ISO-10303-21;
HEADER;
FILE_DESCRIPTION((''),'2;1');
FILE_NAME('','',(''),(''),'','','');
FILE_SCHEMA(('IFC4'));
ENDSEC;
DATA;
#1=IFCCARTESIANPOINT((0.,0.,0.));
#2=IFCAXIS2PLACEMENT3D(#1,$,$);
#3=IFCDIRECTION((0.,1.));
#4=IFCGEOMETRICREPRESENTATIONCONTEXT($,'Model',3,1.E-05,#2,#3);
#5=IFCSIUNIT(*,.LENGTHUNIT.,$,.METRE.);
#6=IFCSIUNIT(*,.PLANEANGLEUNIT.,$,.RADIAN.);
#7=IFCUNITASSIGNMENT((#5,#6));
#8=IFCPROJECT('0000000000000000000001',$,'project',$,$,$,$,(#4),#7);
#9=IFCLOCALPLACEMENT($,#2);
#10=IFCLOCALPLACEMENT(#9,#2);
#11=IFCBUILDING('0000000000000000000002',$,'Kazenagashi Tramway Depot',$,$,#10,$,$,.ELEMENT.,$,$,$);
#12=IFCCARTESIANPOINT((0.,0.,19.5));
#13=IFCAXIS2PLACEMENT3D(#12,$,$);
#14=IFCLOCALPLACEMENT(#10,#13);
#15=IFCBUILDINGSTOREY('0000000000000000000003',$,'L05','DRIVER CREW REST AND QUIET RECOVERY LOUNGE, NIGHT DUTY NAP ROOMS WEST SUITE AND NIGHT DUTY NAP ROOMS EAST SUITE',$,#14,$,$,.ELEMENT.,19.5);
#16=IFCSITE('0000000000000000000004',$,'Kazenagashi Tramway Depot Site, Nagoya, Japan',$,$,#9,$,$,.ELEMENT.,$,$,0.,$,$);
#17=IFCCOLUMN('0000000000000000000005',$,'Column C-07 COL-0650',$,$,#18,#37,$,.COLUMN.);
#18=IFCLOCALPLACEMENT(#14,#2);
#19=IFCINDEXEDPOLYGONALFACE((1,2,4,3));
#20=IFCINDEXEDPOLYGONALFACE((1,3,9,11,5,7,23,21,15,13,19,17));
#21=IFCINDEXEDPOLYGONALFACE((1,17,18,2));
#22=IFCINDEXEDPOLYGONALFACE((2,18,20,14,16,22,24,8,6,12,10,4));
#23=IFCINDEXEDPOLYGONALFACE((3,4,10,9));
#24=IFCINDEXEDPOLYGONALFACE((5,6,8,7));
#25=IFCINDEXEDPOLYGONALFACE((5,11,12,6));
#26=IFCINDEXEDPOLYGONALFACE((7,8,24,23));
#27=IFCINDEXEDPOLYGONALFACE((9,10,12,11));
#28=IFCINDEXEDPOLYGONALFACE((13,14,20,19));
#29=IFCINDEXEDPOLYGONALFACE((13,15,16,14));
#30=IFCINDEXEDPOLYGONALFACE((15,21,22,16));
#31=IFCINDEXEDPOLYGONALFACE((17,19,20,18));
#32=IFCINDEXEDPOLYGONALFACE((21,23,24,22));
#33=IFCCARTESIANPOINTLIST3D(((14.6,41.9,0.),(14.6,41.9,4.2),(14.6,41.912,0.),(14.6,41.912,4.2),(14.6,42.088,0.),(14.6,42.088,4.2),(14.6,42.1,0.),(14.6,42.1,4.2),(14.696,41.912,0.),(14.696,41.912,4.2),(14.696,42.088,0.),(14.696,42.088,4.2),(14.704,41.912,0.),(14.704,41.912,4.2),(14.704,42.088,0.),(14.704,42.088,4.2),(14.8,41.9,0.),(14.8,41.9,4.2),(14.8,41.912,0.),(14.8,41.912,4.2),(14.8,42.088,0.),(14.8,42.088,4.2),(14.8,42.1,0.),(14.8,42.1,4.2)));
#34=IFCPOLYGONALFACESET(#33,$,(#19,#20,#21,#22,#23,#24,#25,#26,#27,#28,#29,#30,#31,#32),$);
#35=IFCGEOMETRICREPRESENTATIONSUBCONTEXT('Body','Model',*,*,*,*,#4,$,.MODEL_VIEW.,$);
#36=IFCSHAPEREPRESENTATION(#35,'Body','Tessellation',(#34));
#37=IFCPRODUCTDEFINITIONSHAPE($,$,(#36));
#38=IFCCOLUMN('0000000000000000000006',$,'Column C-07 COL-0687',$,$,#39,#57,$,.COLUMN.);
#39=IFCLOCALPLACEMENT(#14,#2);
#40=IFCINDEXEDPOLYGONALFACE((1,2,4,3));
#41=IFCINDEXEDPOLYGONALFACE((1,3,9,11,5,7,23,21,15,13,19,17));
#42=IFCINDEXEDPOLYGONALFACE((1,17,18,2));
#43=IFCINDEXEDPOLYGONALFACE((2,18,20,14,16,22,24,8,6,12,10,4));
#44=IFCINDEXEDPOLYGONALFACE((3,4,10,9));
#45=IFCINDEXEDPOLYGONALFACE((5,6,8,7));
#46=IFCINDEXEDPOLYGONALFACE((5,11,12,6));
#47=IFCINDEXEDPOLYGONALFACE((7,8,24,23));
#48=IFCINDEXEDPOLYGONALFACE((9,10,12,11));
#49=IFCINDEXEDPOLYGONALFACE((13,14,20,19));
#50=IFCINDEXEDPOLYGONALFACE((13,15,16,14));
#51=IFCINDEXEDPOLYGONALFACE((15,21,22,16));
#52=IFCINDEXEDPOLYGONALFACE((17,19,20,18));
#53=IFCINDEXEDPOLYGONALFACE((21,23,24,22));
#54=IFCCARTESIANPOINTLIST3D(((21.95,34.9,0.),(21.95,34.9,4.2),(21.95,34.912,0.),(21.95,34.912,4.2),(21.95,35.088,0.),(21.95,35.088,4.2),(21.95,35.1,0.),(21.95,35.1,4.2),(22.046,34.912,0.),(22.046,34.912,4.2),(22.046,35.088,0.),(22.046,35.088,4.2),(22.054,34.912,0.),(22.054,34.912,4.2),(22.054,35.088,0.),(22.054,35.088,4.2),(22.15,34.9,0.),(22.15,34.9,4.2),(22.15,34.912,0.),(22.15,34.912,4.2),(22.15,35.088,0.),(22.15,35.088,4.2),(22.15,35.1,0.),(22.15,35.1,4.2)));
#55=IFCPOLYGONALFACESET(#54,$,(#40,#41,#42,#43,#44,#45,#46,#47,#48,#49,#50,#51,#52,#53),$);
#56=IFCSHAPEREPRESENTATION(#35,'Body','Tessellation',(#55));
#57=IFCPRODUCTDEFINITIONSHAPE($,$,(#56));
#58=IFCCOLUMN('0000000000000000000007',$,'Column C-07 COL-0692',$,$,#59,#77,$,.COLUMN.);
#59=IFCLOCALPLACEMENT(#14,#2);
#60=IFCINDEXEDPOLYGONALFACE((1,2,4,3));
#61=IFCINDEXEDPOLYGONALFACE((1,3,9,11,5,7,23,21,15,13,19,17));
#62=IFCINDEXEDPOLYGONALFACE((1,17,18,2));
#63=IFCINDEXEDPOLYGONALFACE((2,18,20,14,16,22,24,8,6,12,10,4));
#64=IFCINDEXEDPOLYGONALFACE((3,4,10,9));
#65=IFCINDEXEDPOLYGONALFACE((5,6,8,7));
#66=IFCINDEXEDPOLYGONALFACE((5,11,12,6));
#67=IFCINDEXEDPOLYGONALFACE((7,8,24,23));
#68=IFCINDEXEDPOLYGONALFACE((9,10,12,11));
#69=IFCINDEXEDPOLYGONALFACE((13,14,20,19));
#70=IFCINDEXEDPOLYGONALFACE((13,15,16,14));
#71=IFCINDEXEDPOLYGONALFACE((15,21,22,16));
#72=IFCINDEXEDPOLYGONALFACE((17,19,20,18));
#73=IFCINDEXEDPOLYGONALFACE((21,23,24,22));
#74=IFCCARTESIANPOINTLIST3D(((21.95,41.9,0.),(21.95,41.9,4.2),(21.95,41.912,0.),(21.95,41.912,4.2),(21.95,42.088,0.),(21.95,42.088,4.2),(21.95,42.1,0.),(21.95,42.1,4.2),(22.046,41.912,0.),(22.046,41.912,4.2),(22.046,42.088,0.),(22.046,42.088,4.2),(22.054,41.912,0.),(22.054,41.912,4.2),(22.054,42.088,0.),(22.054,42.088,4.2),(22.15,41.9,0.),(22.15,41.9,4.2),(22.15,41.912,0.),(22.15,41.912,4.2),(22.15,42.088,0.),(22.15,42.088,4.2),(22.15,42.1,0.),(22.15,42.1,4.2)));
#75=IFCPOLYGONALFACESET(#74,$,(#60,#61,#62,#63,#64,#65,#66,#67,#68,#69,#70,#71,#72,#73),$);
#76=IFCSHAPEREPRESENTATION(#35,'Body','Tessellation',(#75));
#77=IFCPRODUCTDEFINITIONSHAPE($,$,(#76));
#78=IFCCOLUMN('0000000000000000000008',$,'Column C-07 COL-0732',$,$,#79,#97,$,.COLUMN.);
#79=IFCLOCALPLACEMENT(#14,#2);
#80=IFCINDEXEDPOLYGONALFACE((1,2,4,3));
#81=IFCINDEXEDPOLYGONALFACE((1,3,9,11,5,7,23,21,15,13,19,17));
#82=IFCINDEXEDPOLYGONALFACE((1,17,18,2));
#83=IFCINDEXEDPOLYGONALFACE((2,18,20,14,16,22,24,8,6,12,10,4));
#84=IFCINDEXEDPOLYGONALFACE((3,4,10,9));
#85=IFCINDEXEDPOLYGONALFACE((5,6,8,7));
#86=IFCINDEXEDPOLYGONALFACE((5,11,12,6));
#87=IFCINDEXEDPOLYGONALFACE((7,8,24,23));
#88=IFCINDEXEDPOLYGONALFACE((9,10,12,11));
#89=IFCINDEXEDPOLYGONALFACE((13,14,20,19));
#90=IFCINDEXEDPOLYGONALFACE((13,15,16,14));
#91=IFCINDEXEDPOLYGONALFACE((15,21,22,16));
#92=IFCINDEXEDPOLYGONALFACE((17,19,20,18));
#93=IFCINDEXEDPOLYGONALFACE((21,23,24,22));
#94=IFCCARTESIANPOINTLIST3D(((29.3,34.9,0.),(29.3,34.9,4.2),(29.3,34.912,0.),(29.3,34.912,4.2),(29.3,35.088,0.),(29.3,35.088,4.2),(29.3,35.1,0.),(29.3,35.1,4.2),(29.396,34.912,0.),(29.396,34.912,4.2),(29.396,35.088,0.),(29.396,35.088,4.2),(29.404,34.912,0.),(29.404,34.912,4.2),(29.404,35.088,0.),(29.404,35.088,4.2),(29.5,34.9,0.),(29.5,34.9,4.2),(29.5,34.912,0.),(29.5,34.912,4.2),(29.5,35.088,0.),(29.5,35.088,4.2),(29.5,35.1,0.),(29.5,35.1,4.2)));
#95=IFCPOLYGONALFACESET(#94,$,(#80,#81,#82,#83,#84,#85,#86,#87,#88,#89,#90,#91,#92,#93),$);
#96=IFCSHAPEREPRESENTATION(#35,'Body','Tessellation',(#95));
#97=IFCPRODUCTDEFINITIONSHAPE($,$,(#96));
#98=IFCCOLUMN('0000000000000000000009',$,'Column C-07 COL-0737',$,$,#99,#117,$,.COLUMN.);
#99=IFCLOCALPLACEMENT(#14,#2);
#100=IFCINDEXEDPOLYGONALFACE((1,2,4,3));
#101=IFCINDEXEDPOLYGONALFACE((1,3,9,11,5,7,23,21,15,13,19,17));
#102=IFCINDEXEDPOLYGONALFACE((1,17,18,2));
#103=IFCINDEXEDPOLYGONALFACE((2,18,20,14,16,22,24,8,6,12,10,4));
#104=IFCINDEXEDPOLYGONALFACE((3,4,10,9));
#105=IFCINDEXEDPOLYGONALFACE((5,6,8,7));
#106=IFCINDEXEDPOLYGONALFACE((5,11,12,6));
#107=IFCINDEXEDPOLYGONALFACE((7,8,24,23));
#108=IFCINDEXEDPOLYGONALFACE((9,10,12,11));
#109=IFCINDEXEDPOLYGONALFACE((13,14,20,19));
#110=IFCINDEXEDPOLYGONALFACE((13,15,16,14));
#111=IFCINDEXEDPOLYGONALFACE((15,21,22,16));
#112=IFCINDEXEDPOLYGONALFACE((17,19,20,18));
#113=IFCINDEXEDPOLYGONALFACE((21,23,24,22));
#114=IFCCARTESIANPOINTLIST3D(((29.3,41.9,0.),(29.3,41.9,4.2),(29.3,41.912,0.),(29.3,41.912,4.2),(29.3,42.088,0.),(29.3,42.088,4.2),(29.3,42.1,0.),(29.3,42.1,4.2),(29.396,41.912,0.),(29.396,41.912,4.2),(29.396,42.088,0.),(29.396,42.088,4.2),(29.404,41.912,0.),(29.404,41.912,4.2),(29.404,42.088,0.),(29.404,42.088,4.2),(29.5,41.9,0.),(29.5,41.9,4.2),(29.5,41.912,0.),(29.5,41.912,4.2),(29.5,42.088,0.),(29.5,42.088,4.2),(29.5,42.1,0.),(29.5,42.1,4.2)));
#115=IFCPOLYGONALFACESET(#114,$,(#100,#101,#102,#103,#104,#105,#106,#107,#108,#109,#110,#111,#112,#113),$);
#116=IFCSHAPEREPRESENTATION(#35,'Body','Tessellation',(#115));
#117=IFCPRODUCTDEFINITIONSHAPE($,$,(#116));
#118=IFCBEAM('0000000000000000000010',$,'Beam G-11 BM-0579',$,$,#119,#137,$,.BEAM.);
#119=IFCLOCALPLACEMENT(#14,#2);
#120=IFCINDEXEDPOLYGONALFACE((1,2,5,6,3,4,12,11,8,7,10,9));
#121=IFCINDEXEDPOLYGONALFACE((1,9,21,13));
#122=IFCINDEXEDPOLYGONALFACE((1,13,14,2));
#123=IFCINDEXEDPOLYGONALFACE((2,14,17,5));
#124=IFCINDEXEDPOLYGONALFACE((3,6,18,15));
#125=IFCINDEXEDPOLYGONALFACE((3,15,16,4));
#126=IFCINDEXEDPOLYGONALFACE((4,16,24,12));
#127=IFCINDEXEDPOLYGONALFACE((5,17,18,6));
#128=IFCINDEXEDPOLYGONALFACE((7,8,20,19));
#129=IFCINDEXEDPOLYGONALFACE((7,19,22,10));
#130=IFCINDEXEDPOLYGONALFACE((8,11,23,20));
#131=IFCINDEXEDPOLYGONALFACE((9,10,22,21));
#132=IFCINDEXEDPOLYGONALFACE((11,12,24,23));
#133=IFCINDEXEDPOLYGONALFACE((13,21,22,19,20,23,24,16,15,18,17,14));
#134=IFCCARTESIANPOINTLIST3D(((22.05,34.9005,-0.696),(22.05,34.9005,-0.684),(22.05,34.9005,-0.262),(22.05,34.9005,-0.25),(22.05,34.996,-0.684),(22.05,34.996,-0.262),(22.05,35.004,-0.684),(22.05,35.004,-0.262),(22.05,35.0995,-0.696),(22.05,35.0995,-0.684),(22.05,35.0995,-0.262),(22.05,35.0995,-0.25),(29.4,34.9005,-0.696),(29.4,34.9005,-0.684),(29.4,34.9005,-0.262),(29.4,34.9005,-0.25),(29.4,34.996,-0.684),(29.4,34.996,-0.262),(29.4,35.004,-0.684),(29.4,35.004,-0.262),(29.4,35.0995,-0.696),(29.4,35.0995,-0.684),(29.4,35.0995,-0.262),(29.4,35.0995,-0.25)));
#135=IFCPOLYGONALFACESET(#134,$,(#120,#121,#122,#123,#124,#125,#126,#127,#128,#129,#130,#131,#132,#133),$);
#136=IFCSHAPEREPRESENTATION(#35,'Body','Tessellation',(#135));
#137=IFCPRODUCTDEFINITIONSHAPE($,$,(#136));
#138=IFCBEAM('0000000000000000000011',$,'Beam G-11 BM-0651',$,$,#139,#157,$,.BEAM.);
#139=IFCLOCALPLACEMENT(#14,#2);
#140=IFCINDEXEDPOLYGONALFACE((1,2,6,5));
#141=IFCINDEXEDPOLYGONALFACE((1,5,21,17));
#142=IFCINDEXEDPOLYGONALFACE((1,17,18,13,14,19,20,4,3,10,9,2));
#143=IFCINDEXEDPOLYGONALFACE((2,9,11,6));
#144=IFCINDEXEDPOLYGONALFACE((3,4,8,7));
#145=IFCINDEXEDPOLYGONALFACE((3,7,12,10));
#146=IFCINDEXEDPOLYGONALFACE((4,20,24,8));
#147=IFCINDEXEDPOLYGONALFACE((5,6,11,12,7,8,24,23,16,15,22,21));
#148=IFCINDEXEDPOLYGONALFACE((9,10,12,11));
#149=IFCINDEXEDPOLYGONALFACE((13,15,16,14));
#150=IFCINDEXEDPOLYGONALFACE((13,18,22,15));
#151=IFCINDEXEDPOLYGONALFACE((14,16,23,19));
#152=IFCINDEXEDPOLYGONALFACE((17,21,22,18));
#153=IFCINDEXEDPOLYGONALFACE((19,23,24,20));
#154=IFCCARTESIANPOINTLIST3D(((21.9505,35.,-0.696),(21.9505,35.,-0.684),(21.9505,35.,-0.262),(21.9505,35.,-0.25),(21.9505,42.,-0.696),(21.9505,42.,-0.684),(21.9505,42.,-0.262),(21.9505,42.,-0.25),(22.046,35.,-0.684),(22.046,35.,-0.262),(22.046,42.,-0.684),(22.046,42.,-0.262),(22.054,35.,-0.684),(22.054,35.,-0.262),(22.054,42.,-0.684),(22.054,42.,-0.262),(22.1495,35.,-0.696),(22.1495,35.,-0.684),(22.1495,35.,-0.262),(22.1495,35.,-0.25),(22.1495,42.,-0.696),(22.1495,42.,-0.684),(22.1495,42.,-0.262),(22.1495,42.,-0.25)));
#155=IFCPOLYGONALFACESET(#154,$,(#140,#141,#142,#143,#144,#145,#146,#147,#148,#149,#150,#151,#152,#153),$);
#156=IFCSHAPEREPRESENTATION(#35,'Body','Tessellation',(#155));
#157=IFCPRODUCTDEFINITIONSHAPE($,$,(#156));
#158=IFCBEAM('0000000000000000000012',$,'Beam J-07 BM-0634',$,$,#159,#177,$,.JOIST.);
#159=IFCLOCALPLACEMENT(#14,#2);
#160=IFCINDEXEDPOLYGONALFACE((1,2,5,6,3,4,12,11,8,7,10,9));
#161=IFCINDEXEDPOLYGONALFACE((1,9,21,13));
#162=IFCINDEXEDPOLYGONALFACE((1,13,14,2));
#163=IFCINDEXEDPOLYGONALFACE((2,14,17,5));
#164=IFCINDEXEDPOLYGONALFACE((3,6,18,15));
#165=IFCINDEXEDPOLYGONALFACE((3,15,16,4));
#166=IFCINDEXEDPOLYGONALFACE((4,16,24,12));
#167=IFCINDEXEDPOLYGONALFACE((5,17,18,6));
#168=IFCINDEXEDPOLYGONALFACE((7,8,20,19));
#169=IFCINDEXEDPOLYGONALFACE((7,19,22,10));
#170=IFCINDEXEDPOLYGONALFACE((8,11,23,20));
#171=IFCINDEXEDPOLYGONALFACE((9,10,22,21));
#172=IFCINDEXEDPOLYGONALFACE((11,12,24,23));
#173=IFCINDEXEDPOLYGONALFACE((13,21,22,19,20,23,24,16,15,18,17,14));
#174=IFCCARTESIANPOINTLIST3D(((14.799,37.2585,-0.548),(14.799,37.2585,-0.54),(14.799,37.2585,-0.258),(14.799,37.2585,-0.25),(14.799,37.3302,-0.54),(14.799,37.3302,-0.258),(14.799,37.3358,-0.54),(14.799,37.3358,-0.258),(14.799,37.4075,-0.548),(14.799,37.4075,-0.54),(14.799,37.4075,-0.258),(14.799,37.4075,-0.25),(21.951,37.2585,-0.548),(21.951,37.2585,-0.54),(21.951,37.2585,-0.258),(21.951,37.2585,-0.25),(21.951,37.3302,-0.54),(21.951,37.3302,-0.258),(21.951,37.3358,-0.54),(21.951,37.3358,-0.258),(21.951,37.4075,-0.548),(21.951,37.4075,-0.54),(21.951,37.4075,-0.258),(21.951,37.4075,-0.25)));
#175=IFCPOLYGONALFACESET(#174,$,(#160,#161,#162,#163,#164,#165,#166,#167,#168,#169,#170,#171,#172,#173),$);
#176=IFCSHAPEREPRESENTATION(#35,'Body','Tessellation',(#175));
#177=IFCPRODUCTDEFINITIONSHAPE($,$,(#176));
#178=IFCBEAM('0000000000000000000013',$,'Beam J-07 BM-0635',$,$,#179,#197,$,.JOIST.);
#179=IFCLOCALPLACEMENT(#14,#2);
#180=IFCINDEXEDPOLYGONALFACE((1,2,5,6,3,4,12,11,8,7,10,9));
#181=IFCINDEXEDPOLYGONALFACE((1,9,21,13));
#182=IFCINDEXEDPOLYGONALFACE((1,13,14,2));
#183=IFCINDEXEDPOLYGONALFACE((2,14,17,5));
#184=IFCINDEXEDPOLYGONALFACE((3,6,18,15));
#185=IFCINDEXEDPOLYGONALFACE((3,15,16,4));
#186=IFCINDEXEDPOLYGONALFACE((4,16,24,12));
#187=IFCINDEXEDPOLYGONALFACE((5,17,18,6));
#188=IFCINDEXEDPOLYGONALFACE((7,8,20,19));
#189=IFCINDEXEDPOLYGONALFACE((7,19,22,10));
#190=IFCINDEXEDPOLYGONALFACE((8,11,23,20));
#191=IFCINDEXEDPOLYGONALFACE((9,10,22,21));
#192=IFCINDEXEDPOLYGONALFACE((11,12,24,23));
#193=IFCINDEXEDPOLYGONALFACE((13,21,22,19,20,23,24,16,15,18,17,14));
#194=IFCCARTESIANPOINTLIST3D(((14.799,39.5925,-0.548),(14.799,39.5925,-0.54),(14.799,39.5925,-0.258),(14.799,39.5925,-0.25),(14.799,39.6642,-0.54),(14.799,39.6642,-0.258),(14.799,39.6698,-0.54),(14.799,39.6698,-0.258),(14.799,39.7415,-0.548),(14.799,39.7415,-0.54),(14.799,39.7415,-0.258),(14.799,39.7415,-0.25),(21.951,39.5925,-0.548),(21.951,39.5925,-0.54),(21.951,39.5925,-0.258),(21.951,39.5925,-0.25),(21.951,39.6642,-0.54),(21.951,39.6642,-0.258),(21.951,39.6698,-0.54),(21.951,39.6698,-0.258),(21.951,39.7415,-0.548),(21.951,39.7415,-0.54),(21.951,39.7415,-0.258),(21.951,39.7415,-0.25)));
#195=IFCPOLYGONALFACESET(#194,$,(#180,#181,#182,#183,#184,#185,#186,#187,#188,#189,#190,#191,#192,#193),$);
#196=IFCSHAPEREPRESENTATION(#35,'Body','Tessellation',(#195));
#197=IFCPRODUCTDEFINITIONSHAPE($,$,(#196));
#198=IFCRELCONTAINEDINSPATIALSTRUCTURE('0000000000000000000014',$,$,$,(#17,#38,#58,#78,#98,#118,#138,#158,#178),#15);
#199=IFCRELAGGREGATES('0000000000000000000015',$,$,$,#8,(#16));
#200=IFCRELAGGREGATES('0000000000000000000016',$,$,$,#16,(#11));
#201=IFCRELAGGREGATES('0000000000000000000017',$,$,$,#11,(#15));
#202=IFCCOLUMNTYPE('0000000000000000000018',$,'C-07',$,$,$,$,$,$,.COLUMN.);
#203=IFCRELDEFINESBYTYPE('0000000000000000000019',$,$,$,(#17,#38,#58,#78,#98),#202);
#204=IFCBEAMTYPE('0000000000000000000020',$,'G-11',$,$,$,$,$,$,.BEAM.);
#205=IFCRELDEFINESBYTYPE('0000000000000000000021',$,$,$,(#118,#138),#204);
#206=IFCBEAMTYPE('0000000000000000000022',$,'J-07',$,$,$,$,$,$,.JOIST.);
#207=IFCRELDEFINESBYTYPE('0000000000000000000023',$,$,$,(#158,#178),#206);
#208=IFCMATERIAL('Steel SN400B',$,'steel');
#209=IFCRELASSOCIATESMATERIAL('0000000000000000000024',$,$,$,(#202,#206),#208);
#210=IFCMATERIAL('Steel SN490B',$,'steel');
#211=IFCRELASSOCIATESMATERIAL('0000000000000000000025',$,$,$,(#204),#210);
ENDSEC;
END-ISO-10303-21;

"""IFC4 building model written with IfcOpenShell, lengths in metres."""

from ifc_helpers import new_model, si_unit, direction, frame, origin, origin_2d, place, context, subcontext, project, spatial, i_section, extrude, material, material_profile, profile_set, type_object, element, save


model = new_model("IFC4")

# Units and contexts
model_context = context("Model", 3, precision=1e-05, world=origin(), true_north=direction((0.0, 1.0)))
body_context = subcontext(model_context, "Body", "Model", "MODEL_VIEW")
ifc_project = project(units=[si_unit("LENGTHUNIT", "METRE"), si_unit("PLANEANGLEUNIT", "RADIAN")], contexts=[model_context])

# Site, building, storey
site_placement = place(None, origin())
site = spatial("IfcSite", under=ifc_project, at=site_placement, Name="Kazenagashi Tramway Depot Site, Nagoya, Japan", CompositionType="ELEMENT", RefElevation=0.0)
building_placement = place(site_placement, origin())
building = spatial("IfcBuilding", under=site, at=building_placement, Name="Kazenagashi Tramway Depot", CompositionType="ELEMENT")
storey_placement = place(building_placement, frame((0.0, 0.0, 19.5)))
storey = spatial("IfcBuildingStorey", under=building, at=storey_placement, Name="L05", Description="DRIVER CREW REST AND QUIET RECOVERY LOUNGE, NIGHT DUTY NAP ROOMS WEST SUITE AND NIGHT DUTY NAP ROOMS EAST SUITE", CompositionType="ELEMENT", Elevation=19.5)

# Columns
ifc_material_1 = material(Name="Steel SN400B", Category="steel")
ifc_material_profile_1 = material_profile(ifc_material_1, i_section(OverallWidth=0.2, OverallDepth=0.2, WebThickness=0.008, FlangeThickness=0.012, at=origin_2d()), Name="H-200x200x8x12")
ifc_profile_set_1 = profile_set([ifc_material_profile_1], Name="Steel SN400B")
column_type = type_object("IfcColumnType", Name="C-07", PredefinedType="COLUMN", material=ifc_profile_set_1)
for number, where, z_axis, x_axis, name in (
    (1, (14.7, 42.0, 0.0), (0.0, 0.0, 1.0), (1.0, 0.0, 0.0), "Column C-07 COL-0650"),
    (2, (22.05, 35.0, 0.0), (0.0, 0.0, 1.0), (1.0, 0.0, 0.0), "Column C-07 COL-0687"),
    (3, (22.05, 42.0, 0.0), (0.0, 0.0, 1.0), (1.0, 0.0, 0.0), "Column C-07 COL-0692"),
    (4, (29.4, 35.0, 0.0), (0.0, 0.0, 1.0), (1.0, 0.0, 0.0), "Column C-07 COL-0732"),
    (5, (29.4, 42.0, 0.0), (0.0, 0.0, 1.0), (1.0, 0.0, 0.0), "Column C-07 COL-0737"),
):
    element("IfcColumn", number, at=place(storey_placement, frame(where, z_axis=z_axis, x_axis=x_axis)), inside=storey, type_object=column_type, Name=name, PredefinedType="COLUMN", context=body_context, shape_type="SweptSolid", body=[
        extrude(i_section(OverallWidth=0.2, OverallDepth=0.2, WebThickness=0.008, FlangeThickness=0.012, at=origin_2d()), origin(), (0.0, 0.0, 1.0), 4.2),
    ])

# Beams
ifc_material_2 = material(Name="Steel SN490B", Category="steel")
ifc_material_profile_2 = material_profile(ifc_material_2, i_section(OverallWidth=0.199, OverallDepth=0.446, WebThickness=0.008, FlangeThickness=0.012, at=origin_2d()), Name="H-446x199x8x12")
ifc_profile_set_2 = profile_set([ifc_material_profile_2], Name="Steel SN490B")
beam_type_1 = type_object("IfcBeamType", Name="G-11", PredefinedType="BEAM", material=ifc_profile_set_2)
beam_1_placement = place(storey_placement, frame((22.05, 35.0, -0.473), z_axis=(1.0, 0.0, 0.0), x_axis=(0.0, 1.0, 0.0)))
element("IfcBeam", 6, at=beam_1_placement, inside=storey, type_object=beam_type_1, Name="Beam G-11 BM-0579", PredefinedType="BEAM", context=body_context, shape_type="SweptSolid", body=[
    extrude(i_section(OverallWidth=0.199, OverallDepth=0.446, WebThickness=0.008, FlangeThickness=0.012, at=origin_2d()), origin(), (0.0, 0.0, 1.0), 7.35),
])
beam_2_placement = place(storey_placement, frame((22.05, 35.0, -0.473), z_axis=(0.0, 1.0, 0.0), x_axis=(-1.0, 0.0, 0.0)))
element("IfcBeam", 7, at=beam_2_placement, inside=storey, type_object=beam_type_1, Name="Beam G-11 BM-0651", PredefinedType="BEAM", context=body_context, shape_type="SweptSolid", body=[
    extrude(i_section(OverallWidth=0.199, OverallDepth=0.446, WebThickness=0.008, FlangeThickness=0.012, at=origin_2d()), origin(), (0.0, 0.0, 1.0), 7.0),
])
ifc_material_profile_3 = material_profile(ifc_material_1, i_section(OverallWidth=0.149, OverallDepth=0.298, WebThickness=0.0055, FlangeThickness=0.008, at=origin_2d()), Name="H-298x149x5.5x8")
ifc_profile_set_3 = profile_set([ifc_material_profile_3], Name="Steel SN400B")
beam_type_2 = type_object("IfcBeamType", Name="J-07", PredefinedType="JOIST", material=ifc_profile_set_3)
for number, where, z_axis, x_axis, name in (
    (8, (14.799, 37.333, -0.399), (1.0, 0.0, 0.0), (0.0, 1.0, 0.0), "Beam J-07 BM-0634"),
    (9, (14.799, 39.667, -0.399), (1.0, 0.0, 0.0), (0.0, 1.0, 0.0), "Beam J-07 BM-0635"),
):
    element("IfcBeam", number, at=place(storey_placement, frame(where, z_axis=z_axis, x_axis=x_axis)), inside=storey, type_object=beam_type_2, Name=name, PredefinedType="JOIST", context=body_context, shape_type="SweptSolid", body=[
        extrude(i_section(OverallWidth=0.149, OverallDepth=0.298, WebThickness=0.0055, FlangeThickness=0.008, at=origin_2d()), origin(), (0.0, 0.0, 1.0), 7.152),
    ])

save(model, "model.ifc")
